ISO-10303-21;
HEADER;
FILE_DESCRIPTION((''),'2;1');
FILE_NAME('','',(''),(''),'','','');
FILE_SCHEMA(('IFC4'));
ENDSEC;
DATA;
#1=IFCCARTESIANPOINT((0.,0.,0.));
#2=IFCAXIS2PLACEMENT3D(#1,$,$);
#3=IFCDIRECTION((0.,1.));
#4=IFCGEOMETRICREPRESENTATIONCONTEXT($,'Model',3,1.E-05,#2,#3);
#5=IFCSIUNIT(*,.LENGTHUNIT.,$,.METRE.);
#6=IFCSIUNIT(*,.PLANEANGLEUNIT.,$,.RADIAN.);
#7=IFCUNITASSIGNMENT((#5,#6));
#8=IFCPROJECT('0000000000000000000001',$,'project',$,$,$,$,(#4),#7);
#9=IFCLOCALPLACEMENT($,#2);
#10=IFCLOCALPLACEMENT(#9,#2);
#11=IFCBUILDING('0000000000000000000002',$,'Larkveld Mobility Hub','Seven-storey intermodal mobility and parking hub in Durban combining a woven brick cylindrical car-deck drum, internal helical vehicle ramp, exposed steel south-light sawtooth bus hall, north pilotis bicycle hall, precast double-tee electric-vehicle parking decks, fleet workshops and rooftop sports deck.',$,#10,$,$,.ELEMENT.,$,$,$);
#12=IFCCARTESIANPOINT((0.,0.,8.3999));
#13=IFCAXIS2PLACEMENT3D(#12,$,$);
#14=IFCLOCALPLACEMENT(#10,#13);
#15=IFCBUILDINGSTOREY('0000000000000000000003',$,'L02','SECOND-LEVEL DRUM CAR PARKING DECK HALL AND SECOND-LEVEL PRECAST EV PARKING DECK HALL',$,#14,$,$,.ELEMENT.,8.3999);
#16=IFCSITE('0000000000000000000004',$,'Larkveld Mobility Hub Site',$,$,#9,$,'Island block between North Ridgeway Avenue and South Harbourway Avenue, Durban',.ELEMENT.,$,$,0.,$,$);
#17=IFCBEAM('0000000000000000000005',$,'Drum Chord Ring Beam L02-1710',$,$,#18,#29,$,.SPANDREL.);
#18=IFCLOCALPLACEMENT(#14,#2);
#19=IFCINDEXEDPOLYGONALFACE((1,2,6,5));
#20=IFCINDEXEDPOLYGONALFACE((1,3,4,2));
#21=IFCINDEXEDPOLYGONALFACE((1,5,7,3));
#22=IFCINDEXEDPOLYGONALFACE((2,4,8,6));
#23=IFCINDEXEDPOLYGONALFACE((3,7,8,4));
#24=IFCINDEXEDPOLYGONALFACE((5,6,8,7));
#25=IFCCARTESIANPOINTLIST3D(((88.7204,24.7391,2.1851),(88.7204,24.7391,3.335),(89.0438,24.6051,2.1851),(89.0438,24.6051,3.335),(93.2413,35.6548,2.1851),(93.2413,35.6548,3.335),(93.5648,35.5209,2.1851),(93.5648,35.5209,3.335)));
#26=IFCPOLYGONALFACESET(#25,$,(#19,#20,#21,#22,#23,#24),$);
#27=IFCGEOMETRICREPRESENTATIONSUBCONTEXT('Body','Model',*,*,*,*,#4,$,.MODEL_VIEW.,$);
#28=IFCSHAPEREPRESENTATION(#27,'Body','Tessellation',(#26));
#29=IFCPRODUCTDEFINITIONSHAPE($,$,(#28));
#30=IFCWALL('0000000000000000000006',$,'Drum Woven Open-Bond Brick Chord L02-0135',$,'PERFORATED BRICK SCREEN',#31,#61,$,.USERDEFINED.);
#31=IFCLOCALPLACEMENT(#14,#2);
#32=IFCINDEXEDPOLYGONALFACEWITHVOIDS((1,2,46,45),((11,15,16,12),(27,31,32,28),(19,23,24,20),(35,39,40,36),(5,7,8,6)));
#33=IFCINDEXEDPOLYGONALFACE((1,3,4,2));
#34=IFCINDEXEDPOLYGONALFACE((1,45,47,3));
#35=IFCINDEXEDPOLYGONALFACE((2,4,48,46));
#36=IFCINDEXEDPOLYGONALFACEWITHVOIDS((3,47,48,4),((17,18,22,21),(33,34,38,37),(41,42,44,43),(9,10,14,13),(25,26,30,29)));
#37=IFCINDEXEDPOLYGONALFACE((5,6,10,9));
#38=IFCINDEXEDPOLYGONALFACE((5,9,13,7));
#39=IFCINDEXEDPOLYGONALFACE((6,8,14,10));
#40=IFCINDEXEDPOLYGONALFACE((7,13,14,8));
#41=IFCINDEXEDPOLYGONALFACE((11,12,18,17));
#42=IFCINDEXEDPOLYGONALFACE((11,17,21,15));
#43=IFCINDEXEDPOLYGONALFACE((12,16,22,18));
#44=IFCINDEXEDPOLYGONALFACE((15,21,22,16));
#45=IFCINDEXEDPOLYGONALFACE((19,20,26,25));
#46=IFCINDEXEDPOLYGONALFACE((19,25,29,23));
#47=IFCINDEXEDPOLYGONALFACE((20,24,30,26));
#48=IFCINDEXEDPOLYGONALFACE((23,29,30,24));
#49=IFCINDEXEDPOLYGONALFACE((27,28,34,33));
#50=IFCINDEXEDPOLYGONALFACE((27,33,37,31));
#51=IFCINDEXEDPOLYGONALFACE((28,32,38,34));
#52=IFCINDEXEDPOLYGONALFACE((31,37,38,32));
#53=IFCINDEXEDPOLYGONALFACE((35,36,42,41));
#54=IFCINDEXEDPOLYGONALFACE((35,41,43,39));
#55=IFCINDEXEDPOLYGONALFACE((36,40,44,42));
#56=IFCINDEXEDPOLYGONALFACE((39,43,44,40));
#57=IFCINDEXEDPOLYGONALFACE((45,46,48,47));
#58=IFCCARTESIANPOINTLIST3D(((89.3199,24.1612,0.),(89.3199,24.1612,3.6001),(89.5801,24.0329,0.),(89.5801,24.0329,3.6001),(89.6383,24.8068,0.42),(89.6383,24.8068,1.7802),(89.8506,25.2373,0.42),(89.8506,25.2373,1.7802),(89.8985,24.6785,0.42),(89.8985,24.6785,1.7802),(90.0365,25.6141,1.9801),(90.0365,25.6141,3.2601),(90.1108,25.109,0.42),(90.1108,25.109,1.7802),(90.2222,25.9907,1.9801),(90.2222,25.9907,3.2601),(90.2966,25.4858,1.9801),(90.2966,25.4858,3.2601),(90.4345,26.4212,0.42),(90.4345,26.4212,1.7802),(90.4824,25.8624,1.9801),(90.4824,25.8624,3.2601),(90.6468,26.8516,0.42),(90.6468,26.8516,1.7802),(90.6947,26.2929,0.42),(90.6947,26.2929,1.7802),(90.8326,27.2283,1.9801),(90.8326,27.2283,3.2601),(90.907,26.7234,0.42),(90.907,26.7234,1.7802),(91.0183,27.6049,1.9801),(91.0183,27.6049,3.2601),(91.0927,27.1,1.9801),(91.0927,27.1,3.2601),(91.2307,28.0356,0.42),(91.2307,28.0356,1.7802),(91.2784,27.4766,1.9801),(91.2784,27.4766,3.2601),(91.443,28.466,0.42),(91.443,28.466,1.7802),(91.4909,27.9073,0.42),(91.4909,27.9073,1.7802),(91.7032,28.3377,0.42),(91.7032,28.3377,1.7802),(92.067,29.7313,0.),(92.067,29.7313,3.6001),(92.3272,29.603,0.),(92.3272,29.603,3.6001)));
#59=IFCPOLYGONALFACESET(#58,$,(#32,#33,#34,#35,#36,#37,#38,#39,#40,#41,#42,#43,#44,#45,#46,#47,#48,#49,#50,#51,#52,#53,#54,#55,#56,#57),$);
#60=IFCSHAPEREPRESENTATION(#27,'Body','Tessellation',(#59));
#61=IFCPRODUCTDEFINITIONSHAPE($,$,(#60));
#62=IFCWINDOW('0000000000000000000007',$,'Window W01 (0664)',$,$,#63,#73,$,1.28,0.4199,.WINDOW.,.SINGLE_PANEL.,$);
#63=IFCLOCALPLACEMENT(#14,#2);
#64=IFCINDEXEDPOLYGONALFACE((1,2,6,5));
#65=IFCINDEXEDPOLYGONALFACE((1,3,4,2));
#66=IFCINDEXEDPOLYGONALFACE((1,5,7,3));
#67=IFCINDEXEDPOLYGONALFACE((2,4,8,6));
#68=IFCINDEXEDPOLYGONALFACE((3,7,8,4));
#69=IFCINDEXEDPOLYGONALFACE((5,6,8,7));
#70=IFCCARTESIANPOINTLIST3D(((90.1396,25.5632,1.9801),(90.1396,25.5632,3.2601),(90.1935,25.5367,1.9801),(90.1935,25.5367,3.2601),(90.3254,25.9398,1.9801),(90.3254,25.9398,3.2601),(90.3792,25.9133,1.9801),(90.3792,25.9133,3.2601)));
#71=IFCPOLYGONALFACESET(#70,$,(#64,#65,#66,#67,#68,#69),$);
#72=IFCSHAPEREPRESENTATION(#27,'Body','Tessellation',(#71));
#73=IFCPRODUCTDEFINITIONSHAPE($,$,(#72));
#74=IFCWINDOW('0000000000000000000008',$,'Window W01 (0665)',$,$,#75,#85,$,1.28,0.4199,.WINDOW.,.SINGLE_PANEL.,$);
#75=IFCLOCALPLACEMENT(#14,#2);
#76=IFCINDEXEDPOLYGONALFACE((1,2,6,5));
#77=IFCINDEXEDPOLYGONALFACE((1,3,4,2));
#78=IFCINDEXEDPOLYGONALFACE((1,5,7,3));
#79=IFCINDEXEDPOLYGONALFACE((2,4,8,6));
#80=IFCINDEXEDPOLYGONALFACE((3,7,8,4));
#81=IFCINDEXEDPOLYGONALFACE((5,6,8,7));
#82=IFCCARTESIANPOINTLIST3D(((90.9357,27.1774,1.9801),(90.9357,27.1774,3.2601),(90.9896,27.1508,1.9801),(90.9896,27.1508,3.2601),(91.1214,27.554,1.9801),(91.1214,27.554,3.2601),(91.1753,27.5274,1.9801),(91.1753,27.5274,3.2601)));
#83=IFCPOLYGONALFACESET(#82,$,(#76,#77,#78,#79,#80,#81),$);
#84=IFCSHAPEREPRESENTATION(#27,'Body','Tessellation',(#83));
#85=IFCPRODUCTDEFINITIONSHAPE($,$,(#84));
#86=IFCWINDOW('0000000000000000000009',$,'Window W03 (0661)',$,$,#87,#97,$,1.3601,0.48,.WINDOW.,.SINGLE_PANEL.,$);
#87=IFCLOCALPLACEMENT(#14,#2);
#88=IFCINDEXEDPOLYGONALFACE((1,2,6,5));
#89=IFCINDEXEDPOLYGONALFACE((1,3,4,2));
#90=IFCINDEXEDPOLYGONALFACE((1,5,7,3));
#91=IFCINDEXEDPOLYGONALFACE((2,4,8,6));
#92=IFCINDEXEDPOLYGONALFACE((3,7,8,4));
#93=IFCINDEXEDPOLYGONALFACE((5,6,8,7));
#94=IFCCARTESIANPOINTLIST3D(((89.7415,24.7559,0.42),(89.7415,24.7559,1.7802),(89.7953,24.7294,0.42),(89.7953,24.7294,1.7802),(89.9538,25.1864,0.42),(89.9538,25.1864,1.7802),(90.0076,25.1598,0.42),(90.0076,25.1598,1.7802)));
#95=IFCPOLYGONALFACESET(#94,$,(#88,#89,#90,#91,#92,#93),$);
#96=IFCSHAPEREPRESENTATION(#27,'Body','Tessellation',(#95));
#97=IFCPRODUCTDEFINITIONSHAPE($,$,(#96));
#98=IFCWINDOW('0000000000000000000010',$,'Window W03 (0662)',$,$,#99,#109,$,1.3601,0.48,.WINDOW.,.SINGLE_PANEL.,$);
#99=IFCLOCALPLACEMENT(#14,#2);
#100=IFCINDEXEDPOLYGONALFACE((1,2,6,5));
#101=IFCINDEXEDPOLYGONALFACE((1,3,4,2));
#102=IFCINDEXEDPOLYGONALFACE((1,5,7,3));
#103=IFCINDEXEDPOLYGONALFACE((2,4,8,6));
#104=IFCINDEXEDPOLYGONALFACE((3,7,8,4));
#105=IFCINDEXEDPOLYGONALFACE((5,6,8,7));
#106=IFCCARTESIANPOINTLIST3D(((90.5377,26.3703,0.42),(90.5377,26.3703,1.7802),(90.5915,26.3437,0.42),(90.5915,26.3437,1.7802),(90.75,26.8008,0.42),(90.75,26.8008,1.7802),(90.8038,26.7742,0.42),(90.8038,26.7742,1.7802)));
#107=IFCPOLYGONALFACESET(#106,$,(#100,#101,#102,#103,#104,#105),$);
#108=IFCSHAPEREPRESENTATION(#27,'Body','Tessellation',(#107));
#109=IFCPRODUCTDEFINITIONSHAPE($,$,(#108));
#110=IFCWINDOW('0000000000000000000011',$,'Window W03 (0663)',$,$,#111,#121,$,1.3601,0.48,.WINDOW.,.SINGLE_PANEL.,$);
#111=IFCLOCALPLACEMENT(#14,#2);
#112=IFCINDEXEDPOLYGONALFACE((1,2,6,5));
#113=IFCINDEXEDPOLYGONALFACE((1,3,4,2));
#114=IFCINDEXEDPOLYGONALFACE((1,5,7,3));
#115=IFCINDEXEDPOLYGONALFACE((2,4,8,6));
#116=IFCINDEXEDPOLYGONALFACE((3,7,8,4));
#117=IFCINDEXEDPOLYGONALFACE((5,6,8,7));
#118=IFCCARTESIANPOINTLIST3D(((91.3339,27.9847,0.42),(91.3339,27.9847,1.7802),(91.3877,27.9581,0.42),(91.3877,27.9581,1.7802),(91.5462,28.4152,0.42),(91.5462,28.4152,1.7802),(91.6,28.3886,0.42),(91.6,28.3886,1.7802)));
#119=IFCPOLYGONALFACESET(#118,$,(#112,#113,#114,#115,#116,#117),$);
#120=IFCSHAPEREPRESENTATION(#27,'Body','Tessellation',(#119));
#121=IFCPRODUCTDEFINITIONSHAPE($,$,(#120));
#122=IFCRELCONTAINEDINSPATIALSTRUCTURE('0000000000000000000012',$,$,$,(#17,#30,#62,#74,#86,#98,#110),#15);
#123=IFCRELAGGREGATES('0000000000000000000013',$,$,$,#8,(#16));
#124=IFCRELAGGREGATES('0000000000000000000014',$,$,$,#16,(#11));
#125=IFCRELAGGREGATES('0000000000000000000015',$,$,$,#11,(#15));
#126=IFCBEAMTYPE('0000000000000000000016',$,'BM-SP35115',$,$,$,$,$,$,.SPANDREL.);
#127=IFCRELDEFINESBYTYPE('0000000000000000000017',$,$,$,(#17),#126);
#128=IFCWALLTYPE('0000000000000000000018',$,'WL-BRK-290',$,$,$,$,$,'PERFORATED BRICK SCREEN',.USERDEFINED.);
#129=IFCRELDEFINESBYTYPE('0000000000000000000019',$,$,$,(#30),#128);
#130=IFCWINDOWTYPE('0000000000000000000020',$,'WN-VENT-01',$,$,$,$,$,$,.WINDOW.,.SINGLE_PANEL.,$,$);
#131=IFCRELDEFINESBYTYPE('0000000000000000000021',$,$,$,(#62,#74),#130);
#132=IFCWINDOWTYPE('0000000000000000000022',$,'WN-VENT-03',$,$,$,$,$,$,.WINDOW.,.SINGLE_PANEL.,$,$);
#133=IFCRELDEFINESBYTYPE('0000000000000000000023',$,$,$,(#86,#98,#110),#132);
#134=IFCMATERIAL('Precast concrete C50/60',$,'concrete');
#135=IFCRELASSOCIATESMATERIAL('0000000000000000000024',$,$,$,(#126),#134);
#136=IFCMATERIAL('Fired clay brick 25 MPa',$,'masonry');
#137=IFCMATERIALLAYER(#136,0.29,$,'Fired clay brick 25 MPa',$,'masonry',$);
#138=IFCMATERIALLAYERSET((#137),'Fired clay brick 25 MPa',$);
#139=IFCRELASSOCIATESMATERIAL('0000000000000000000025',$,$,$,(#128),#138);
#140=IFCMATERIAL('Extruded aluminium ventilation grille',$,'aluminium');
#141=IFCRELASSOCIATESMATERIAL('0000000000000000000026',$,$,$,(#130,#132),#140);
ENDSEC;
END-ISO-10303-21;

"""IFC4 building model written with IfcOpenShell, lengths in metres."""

from ifc_helpers import new_model, si_unit, direction, frame, frame_2d, origin, origin_2d, place, context, subcontext, project, spatial, rectangle, extrude, material, layer, layer_set, material_profile, profile_set, type_object, element, fill, save


model = new_model("IFC4")

# Units and contexts
model_context = context("Model", 3, precision=1e-05, world=origin(), true_north=direction((0.0, 1.0)))
body_context = subcontext(model_context, "Body", "Model", "MODEL_VIEW")
ifc_project = project(units=[si_unit("LENGTHUNIT", "METRE"), si_unit("PLANEANGLEUNIT", "RADIAN")], contexts=[model_context])

# Site, building, storey
site_placement = place(None, origin())
site = spatial("IfcSite", under=ifc_project, at=site_placement, Name="Larkveld Mobility Hub Site", LongName="Island block between North Ridgeway Avenue and South Harbourway Avenue, Durban", CompositionType="ELEMENT", RefElevation=0.0)
building_placement = place(site_placement, origin())
building = spatial("IfcBuilding", under=site, at=building_placement, Name="Larkveld Mobility Hub", Description="Seven-storey intermodal mobility and parking hub in Durban combining a woven brick cylindrical car-deck drum, internal helical vehicle ramp, exposed steel south-light sawtooth bus hall, north pilotis bicycle hall, precast double-tee electric-vehicle parking decks, fleet workshops and rooftop sports deck.", CompositionType="ELEMENT")
storey_placement = place(building_placement, frame((0.0, 0.0, 8.3999)))
storey = spatial("IfcBuildingStorey", under=building, at=storey_placement, Name="L02", Description="SECOND-LEVEL DRUM CAR PARKING DECK HALL AND SECOND-LEVEL PRECAST EV PARKING DECK HALL", CompositionType="ELEMENT", Elevation=8.3999)

# Beam
ifc_material_1 = material(Name="Precast concrete C50/60", Category="concrete")
ifc_material_profile = material_profile(ifc_material_1, rectangle(XDim=0.3501, YDim=1.1499, at=origin_2d()), Name="PC SP 350x1150")
ifc_profile_set = profile_set([ifc_material_profile], Name="Precast concrete C50/60")
beam_type = type_object("IfcBeamType", Name="BM-SP35115", PredefinedType="SPANDREL", material=ifc_profile_set)
beam_placement = place(storey_placement, frame((88.8821, 24.6721, 2.76), z_axis=(0.38265, 0.923893, 0.0), x_axis=(-0.923893, 0.38265, 0.0)))
element("IfcBeam", 1, at=beam_placement, inside=storey, type_object=beam_type, Name="Drum Chord Ring Beam L02-1710", PredefinedType="SPANDREL", context=body_context, shape_type="SweptSolid", body=[
    extrude(rectangle(XDim=0.3501, YDim=1.1499, at=origin_2d()), origin(), (0.0, 0.0, 1.0), 11.8149),
])

# Wall, openings, windows
ifc_material_2 = material(Name="Fired clay brick 25 MPa", Category="masonry")
ifc_layer_1 = layer(ifc_material_2, 0.29, Name="Fired clay brick 25 MPa", Category="masonry")
ifc_layer_set_1 = layer_set([ifc_layer_1], Name="Fired clay brick 25 MPa")
wall_type_1 = type_object("IfcWallType", Name="WL-BRK-290", ElementType="PERFORATED BRICK SCREEN", PredefinedType="USERDEFINED", material=ifc_layer_set_1)
wall_1_placement = place(storey_placement, frame((89.45, 24.0969, 0.0), z_axis=(0.0, 0.0, 1.0), x_axis=(0.442317, 0.896859, 0.0)))
wall_1 = element("IfcWall", 2, at=wall_1_placement, inside=storey, type_object=wall_type_1, Name="Drum Woven Open-Bond Brick Chord L02-0135", ObjectType="PERFORATED BRICK SCREEN", PredefinedType="USERDEFINED", context=body_context, shape_type="SweptSolid", body=[
    extrude(rectangle(XDim=6.2107, YDim=0.29, at=frame_2d((3.1055, 0.0))), origin(), (0.0, 0.0, 1.0), 3.6001),
])
opening_1_placement = place(wall_1_placement, frame((0.72, 0.0, 0.4199)))
opening_1 = element("IfcOpeningElement", 3, at=opening_1_placement, cuts=wall_1, PredefinedType="OPENING", context=body_context, shape_type="SweptSolid", body=[
    extrude(rectangle(XDim=0.48, YDim=1.3601, at=frame_2d((0.24, 0.6802))), frame((0.0, 0.155, 0.0), z_axis=(0.0, -1.0, 0.0), x_axis=(1.0, 0.0, 0.0)), (0.0, 0.0, 1.0), 0.3101),
])
opening_2_placement = place(wall_1_placement, frame((2.52, 0.0, 0.4199)))
opening_2 = element("IfcOpeningElement", 4, at=opening_2_placement, cuts=wall_1, PredefinedType="OPENING", context=body_context, shape_type="SweptSolid", body=[
    extrude(rectangle(XDim=0.48, YDim=1.3601, at=frame_2d((0.24, 0.6802))), frame((0.0, 0.155, 0.0), z_axis=(0.0, -1.0, 0.0), x_axis=(1.0, 0.0, 0.0)), (0.0, 0.0, 1.0), 0.3101),
])
opening_3_placement = place(wall_1_placement, frame((4.3201, 0.0, 0.4199)))
opening_3 = element("IfcOpeningElement", 5, at=opening_3_placement, cuts=wall_1, PredefinedType="OPENING", context=body_context, shape_type="SweptSolid", body=[
    extrude(rectangle(XDim=0.48, YDim=1.3601, at=frame_2d((0.24, 0.6802))), frame((0.0, 0.155, 0.0), z_axis=(0.0, -1.0, 0.0), x_axis=(1.0, 0.0, 0.0)), (0.0, 0.0, 1.0), 0.3101),
])
opening_4_placement = place(wall_1_placement, frame((1.6201, 0.0, 1.98)))
opening_4 = element("IfcOpeningElement", 6, at=opening_4_placement, cuts=wall_1, PredefinedType="OPENING", context=body_context, shape_type="SweptSolid", body=[
    extrude(rectangle(XDim=0.4199, YDim=1.28, at=frame_2d((0.21, 0.6401))), frame((0.0, 0.155, 0.0), z_axis=(0.0, -1.0, 0.0), x_axis=(1.0, 0.0, 0.0)), (0.0, 0.0, 1.0), 0.3101),
])
opening_5_placement = place(wall_1_placement, frame((3.4199, 0.0, 1.98)))
opening_5 = element("IfcOpeningElement", 7, at=opening_5_placement, cuts=wall_1, PredefinedType="OPENING", context=body_context, shape_type="SweptSolid", body=[
    extrude(rectangle(XDim=0.4199, YDim=1.28, at=frame_2d((0.21, 0.6401))), frame((0.0, 0.155, 0.0), z_axis=(0.0, -1.0, 0.0), x_axis=(1.0, 0.0, 0.0)), (0.0, 0.0, 1.0), 0.3101),
])
ifc_material_3 = material(Name="Extruded aluminium ventilation grille", Category="aluminium")
window_type_1 = type_object("IfcWindowType", Name="WN-VENT-01", PartitioningType="SINGLE_PANEL", PredefinedType="WINDOW", material=ifc_material_3)
window_1_placement = place(opening_4_placement, origin())
window_1 = element("IfcWindow", 8, at=window_1_placement, inside=storey, type_object=window_type_1, Name="Window W01 (0664)", OverallHeight=1.28, OverallWidth=0.4199, PartitioningType="SINGLE_PANEL", PredefinedType="WINDOW", context=body_context, shape_type="SweptSolid", body=[
    extrude(rectangle(XDim=0.4199, YDim=1.28, at=frame_2d((0.21, 0.6401))), frame((0.0, 0.03, 0.0), z_axis=(0.0, -1.0, 0.0), x_axis=(1.0, 0.0, 0.0)), (0.0, 0.0, 1.0), 0.0601),
])
fill(opening_4, window_1)
window_2_placement = place(opening_5_placement, origin())
window_2 = element("IfcWindow", 9, at=window_2_placement, inside=storey, type_object=window_type_1, Name="Window W01 (0665)", OverallHeight=1.28, OverallWidth=0.4199, PartitioningType="SINGLE_PANEL", PredefinedType="WINDOW", context=body_context, shape_type="SweptSolid", body=[
    extrude(rectangle(XDim=0.4199, YDim=1.28, at=frame_2d((0.21, 0.6401))), frame((0.0, 0.03, 0.0), z_axis=(0.0, -1.0, 0.0), x_axis=(1.0, 0.0, 0.0)), (0.0, 0.0, 1.0), 0.0601),
])
fill(opening_5, window_2)
window_type_2 = type_object("IfcWindowType", Name="WN-VENT-03", PartitioningType="SINGLE_PANEL", PredefinedType="WINDOW", material=ifc_material_3)
window_3_placement = place(opening_1_placement, origin())
window_3 = element("IfcWindow", 10, at=window_3_placement, inside=storey, type_object=window_type_2, Name="Window W03 (0661)", OverallHeight=1.3601, OverallWidth=0.48, PartitioningType="SINGLE_PANEL", PredefinedType="WINDOW", context=body_context, shape_type="SweptSolid", body=[
    extrude(rectangle(XDim=0.48, YDim=1.3601, at=frame_2d((0.24, 0.6802))), frame((0.0, 0.03, 0.0), z_axis=(0.0, -1.0, 0.0), x_axis=(1.0, 0.0, 0.0)), (0.0, 0.0, 1.0), 0.0601),
])
fill(opening_1, window_3)
window_4_placement = place(opening_2_placement, origin())
window_4 = element("IfcWindow", 11, at=window_4_placement, inside=storey, type_object=window_type_2, Name="Window W03 (0662)", OverallHeight=1.3601, OverallWidth=0.48, PartitioningType="SINGLE_PANEL", PredefinedType="WINDOW", context=body_context, shape_type="SweptSolid", body=[
    extrude(rectangle(XDim=0.48, YDim=1.3601, at=frame_2d((0.24, 0.6802))), frame((0.0, 0.03, 0.0), z_axis=(0.0, -1.0, 0.0), x_axis=(1.0, 0.0, 0.0)), (0.0, 0.0, 1.0), 0.0601),
])
fill(opening_2, window_4)
window_5_placement = place(opening_3_placement, origin())
window_5 = element("IfcWindow", 12, at=window_5_placement, inside=storey, type_object=window_type_2, Name="Window W03 (0663)", OverallHeight=1.3601, OverallWidth=0.48, PartitioningType="SINGLE_PANEL", PredefinedType="WINDOW", context=body_context, shape_type="SweptSolid", body=[
    extrude(rectangle(XDim=0.48, YDim=1.3601, at=frame_2d((0.24, 0.6802))), frame((0.0, 0.03, 0.0), z_axis=(0.0, -1.0, 0.0), x_axis=(1.0, 0.0, 0.0)), (0.0, 0.0, 1.0), 0.0601),
])
fill(opening_3, window_5)

save(model, "model.ifc")
